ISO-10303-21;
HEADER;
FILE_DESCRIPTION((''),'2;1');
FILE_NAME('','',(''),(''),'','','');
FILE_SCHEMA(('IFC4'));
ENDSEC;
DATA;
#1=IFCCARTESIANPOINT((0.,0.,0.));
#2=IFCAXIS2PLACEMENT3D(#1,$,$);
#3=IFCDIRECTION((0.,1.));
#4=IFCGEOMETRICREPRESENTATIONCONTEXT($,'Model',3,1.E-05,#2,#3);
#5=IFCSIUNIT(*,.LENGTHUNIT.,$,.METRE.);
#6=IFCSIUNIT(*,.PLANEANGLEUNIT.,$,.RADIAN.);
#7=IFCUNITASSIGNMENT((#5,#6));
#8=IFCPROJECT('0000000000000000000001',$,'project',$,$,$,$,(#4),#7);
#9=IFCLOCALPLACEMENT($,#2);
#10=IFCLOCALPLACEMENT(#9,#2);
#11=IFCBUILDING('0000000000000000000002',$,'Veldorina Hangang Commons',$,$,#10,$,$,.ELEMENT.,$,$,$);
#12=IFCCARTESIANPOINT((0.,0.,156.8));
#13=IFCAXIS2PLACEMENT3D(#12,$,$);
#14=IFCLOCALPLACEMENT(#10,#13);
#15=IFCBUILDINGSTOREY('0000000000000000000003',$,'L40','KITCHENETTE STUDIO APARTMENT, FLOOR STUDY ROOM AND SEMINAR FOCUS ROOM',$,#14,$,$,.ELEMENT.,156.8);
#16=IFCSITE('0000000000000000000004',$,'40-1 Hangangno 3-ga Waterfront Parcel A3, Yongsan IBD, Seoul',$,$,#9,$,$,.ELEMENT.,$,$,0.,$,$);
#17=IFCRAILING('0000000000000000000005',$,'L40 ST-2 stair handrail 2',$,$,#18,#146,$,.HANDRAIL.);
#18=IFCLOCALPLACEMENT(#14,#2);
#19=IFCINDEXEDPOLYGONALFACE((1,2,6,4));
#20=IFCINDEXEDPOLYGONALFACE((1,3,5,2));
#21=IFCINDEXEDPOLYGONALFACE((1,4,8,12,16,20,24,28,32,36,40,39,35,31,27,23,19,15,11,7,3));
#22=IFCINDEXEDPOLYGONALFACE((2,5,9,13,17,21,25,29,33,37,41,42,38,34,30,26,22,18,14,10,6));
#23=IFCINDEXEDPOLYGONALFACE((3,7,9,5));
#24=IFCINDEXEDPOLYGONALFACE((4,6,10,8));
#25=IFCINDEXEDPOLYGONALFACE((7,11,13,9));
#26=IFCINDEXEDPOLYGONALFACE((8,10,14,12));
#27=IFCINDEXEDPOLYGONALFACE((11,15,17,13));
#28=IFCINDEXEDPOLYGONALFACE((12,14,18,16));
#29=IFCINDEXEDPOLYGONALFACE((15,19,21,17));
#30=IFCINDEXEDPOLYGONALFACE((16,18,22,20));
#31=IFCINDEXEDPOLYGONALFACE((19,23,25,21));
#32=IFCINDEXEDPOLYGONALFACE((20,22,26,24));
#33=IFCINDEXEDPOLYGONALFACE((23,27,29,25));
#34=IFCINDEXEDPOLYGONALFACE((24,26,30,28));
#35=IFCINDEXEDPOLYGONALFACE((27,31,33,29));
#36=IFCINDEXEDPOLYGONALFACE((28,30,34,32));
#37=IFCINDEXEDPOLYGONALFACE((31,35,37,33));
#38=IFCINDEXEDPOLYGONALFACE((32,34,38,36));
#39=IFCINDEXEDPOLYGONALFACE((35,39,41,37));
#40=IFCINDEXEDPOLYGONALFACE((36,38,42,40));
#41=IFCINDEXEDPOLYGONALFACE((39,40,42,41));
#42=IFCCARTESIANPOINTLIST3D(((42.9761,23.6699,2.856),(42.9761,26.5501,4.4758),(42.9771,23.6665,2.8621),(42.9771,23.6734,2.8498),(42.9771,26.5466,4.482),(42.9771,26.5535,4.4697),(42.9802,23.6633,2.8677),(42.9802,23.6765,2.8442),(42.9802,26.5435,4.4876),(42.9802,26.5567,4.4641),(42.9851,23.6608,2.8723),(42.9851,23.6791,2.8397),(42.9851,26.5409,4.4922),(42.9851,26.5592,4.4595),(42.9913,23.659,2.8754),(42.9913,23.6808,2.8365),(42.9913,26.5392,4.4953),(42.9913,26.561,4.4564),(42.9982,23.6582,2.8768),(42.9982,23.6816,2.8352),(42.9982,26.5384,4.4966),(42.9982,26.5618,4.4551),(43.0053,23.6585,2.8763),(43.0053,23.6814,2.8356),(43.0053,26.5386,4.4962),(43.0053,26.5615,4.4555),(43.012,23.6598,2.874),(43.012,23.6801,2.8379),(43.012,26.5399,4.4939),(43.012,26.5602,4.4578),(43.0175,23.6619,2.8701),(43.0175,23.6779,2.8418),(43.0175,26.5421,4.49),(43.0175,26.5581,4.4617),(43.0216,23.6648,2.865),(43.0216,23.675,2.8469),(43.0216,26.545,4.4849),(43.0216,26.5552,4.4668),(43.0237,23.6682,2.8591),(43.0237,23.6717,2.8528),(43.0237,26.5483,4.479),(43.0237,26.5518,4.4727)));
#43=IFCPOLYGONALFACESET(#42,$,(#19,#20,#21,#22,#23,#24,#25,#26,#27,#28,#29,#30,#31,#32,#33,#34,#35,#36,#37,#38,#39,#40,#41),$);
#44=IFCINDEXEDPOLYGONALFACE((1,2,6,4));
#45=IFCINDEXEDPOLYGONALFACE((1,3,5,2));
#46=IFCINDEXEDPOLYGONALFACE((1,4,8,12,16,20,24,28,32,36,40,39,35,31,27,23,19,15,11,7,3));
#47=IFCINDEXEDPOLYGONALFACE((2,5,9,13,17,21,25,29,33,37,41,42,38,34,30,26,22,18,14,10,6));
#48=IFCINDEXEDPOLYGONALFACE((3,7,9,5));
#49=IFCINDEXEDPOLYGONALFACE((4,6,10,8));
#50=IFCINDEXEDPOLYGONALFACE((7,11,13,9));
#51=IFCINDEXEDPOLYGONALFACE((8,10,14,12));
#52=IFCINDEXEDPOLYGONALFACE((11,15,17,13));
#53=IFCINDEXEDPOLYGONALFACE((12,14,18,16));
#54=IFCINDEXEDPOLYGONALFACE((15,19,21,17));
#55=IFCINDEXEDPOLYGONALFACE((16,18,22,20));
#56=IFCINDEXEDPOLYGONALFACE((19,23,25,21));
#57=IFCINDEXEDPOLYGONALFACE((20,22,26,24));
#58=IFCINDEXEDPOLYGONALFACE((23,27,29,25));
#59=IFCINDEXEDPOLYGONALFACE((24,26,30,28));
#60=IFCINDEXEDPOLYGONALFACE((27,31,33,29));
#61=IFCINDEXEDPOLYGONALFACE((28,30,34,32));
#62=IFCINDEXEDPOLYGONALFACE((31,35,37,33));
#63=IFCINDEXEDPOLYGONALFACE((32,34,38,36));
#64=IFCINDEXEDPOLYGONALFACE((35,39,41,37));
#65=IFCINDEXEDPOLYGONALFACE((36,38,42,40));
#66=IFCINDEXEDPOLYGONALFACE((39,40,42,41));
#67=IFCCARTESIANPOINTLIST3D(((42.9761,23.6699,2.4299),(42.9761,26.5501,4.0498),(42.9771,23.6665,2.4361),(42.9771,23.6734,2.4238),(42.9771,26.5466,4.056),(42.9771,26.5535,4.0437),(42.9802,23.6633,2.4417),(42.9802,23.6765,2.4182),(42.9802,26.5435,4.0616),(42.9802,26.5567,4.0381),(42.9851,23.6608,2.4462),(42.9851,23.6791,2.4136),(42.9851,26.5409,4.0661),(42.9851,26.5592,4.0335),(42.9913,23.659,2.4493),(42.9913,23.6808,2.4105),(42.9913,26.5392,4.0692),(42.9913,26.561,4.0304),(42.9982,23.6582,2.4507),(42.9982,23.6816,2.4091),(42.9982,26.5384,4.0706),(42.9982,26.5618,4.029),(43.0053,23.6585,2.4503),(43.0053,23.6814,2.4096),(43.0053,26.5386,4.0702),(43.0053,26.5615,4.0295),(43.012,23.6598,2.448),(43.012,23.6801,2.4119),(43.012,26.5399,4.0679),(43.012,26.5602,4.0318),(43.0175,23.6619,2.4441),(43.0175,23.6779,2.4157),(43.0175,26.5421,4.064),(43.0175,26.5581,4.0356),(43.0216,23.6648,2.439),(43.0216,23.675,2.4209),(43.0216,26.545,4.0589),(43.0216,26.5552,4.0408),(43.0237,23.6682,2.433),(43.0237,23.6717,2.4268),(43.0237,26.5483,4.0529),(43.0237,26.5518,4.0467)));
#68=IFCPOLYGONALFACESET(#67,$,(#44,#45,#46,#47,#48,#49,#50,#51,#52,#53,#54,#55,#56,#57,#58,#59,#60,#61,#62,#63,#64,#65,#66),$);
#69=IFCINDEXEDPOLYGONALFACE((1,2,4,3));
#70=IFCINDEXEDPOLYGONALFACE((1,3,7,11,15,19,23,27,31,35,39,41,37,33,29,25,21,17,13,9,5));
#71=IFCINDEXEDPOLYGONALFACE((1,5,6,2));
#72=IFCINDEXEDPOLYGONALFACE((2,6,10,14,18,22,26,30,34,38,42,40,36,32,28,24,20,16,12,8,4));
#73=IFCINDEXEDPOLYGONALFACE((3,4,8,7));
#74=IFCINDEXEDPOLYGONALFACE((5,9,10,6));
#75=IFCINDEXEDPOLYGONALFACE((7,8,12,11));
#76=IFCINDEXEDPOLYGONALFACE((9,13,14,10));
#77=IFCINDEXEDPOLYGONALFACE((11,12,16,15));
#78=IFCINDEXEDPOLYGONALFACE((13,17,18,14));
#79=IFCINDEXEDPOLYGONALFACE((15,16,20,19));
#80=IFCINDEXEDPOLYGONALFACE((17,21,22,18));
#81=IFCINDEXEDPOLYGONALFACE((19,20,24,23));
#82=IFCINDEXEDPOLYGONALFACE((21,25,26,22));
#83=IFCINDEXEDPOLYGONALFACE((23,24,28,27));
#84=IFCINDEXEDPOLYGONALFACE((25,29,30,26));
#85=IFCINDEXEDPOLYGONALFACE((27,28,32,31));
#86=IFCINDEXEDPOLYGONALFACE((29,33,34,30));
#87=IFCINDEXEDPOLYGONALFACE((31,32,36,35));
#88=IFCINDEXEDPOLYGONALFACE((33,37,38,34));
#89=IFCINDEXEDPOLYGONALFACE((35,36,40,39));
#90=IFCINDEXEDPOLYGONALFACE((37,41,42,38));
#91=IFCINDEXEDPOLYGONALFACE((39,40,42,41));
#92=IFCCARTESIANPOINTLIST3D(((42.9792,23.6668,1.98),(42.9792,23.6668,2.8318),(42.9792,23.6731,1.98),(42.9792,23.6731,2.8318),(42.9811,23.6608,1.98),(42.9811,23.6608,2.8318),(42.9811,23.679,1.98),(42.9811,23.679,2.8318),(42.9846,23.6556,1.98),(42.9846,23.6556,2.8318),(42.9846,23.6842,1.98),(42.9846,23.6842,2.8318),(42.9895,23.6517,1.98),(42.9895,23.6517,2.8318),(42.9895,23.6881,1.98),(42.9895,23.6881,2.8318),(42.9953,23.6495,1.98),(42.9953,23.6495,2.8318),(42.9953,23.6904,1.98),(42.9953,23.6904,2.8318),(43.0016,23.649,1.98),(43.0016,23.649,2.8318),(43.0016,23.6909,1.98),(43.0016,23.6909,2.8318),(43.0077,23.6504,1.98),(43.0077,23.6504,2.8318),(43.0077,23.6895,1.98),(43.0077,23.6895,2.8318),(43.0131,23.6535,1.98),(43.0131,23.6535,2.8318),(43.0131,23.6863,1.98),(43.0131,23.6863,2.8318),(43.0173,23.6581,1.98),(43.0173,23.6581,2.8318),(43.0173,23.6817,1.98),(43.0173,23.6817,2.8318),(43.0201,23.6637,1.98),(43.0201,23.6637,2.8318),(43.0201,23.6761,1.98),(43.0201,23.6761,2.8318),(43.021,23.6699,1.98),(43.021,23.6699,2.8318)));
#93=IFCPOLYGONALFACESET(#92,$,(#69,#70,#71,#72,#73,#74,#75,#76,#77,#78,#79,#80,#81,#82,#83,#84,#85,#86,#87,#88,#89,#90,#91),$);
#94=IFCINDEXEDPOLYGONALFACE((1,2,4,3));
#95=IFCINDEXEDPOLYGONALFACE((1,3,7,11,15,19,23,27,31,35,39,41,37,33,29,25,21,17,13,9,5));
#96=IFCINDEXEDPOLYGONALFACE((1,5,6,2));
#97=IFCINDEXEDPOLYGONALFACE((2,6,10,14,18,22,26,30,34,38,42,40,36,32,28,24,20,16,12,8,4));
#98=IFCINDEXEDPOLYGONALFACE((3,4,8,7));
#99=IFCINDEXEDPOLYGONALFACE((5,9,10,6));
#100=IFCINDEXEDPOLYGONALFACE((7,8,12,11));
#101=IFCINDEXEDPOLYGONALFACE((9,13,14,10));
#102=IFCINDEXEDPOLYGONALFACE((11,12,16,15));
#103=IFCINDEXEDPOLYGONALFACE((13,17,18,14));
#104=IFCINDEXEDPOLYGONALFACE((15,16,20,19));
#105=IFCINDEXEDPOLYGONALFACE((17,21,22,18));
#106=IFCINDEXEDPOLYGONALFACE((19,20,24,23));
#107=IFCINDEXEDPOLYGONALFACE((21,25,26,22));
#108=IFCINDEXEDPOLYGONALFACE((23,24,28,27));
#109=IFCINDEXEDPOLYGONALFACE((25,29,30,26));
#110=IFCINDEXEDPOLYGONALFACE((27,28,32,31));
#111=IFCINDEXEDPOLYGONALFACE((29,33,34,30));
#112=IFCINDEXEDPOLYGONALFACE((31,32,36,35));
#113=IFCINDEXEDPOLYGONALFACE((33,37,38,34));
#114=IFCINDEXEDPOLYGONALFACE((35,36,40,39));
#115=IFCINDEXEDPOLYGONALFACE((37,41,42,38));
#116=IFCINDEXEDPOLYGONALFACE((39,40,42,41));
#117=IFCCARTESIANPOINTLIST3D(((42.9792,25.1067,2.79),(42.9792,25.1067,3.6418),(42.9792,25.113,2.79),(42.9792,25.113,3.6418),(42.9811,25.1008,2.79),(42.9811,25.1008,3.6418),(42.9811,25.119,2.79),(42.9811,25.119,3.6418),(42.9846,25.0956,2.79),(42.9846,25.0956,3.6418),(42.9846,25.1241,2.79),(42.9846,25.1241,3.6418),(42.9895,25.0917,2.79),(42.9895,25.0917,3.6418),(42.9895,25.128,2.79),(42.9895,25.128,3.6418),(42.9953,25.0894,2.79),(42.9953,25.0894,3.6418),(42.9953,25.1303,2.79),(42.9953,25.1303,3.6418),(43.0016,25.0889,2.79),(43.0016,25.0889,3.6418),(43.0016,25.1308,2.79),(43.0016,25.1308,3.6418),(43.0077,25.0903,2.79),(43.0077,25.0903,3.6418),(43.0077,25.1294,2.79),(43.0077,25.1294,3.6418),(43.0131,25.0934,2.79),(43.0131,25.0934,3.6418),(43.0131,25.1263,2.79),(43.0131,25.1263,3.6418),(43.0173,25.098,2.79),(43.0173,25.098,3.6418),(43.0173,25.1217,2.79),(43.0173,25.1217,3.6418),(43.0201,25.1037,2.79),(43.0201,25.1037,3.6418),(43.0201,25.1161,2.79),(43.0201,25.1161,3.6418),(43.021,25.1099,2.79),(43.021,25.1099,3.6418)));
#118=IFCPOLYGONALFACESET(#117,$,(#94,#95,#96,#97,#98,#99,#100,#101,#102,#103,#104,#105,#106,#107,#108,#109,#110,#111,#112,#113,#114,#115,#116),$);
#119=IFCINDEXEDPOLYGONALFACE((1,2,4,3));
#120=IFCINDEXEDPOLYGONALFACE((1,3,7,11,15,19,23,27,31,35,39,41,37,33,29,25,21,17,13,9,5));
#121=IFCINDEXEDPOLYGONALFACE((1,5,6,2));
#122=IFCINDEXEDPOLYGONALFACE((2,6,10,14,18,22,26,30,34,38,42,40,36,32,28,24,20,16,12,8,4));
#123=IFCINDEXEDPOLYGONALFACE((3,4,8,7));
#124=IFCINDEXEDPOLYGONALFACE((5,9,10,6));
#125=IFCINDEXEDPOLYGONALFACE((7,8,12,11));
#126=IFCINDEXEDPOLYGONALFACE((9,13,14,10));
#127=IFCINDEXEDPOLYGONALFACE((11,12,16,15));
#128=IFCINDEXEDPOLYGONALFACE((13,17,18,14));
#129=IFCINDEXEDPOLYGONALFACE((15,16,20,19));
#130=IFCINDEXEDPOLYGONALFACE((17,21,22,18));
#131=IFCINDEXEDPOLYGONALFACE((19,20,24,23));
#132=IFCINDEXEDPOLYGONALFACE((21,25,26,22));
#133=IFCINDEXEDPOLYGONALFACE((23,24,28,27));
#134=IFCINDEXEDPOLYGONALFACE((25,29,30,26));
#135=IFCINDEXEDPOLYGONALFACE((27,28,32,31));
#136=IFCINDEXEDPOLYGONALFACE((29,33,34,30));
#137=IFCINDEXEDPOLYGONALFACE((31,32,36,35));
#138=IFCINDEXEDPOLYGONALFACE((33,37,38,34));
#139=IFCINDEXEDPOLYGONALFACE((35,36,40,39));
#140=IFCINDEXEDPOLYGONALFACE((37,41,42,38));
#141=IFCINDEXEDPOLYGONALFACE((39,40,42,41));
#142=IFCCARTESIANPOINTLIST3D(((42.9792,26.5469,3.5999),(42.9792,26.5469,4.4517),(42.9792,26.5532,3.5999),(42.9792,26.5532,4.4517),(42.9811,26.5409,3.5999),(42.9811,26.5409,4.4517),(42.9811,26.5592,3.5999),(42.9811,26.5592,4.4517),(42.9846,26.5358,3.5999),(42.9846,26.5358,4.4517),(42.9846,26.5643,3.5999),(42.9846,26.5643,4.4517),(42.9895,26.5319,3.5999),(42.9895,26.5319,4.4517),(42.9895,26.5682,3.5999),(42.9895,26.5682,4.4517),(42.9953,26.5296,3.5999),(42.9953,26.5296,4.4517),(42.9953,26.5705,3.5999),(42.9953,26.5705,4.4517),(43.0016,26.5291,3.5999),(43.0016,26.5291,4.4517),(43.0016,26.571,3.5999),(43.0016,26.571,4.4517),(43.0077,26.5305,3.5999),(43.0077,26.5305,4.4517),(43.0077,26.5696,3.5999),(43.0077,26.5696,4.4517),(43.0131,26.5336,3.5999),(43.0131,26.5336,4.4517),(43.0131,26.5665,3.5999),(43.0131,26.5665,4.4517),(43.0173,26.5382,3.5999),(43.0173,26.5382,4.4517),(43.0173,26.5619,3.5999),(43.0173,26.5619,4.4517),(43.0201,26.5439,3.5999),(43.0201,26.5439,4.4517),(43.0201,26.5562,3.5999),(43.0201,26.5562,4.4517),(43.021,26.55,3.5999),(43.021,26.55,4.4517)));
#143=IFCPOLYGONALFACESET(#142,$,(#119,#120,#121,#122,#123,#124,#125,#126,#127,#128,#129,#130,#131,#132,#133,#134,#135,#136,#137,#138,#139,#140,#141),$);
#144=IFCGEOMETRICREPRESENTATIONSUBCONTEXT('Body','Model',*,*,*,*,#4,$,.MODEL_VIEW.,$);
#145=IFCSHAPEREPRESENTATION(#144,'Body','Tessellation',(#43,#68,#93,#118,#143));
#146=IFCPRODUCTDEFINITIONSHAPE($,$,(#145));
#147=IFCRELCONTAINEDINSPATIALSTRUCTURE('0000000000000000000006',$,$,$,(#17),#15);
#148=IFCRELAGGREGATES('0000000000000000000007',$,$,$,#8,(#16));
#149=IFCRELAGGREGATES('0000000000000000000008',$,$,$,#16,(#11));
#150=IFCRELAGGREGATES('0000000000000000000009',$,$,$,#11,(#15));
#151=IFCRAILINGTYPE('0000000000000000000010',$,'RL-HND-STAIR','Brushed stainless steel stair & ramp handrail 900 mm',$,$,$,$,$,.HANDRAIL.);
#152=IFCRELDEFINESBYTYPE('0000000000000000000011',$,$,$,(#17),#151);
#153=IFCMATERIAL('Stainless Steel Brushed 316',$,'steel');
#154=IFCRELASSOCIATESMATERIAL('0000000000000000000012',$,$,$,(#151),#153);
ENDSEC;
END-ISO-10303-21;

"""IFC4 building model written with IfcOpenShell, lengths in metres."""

from ifc_helpers import new_model, si_unit, direction, frame, origin, origin_2d, place, context, subcontext, project, spatial, circle, extrude, material, type_object, element, save


model = new_model("IFC4")

# Units and contexts
model_context = context("Model", 3, precision=1e-05, world=origin(), true_north=direction((0.0, 1.0)))
body_context = subcontext(model_context, "Body", "Model", "MODEL_VIEW")
ifc_project = project(units=[si_unit("LENGTHUNIT", "METRE"), si_unit("PLANEANGLEUNIT", "RADIAN")], contexts=[model_context])

# Site, building, storey
site_placement = place(None, origin())
site = spatial("IfcSite", under=ifc_project, at=site_placement, Name="40-1 Hangangno 3-ga Waterfront Parcel A3, Yongsan IBD, Seoul", CompositionType="ELEMENT", RefElevation=0.0)
building_placement = place(site_placement, origin())
building = spatial("IfcBuilding", under=site, at=building_placement, Name="Veldorina Hangang Commons", CompositionType="ELEMENT")
storey_placement = place(building_placement, frame((0.0, 0.0, 156.8)))
storey = spatial("IfcBuildingStorey", under=building, at=storey_placement, Name="L40", Description="KITCHENETTE STUDIO APARTMENT, FLOOR STUDY ROOM AND SEMINAR FOCUS ROOM", CompositionType="ELEMENT", Elevation=156.8)

# Railing
ifc_material_1 = material(Name="Stainless Steel Brushed 316", Category="steel")
railing_type_1 = type_object("IfcRailingType", Name="RL-HND-STAIR", Description="Brushed stainless steel stair & ramp handrail 900 mm", PredefinedType="HANDRAIL", material=ifc_material_1)
railing_1_placement = place(storey_placement, frame((43.0, 23.6699, 1.98)))
element("IfcRailing", 1, at=railing_1_placement, inside=storey, type_object=railing_type_1, Name="L40 ST-2 stair handrail 2", PredefinedType="HANDRAIL", context=body_context, shape_type="SweptSolid", body=[
    extrude(circle(Radius=0.0239, at=origin_2d()), frame((0.0, 0.0, 0.876), z_axis=(0.0, 0.871601, 0.490216), x_axis=(-1.0, 0.0, 0.0)), (0.0, 0.0, 1.0), 3.3044),
    extrude(circle(Radius=0.0239, at=origin_2d()), frame((0.0, 0.0, 0.45), z_axis=(0.0, 0.871601, 0.490216), x_axis=(-1.0, 0.0, 0.0)), (0.0, 0.0, 1.0), 3.3044),
    extrude(circle(Radius=0.021, at=origin_2d()), origin(), (0.0, 0.0, 1.0), 0.8518),
    extrude(circle(Radius=0.021, at=origin_2d()), frame((0.0, 1.4399, 0.8101)), (0.0, 0.0, 1.0), 0.8518),
    extrude(circle(Radius=0.021, at=origin_2d()), frame((0.0, 2.8801, 1.6199)), (0.0, 0.0, 1.0), 0.8518),
])

save(model, "model.ifc")
